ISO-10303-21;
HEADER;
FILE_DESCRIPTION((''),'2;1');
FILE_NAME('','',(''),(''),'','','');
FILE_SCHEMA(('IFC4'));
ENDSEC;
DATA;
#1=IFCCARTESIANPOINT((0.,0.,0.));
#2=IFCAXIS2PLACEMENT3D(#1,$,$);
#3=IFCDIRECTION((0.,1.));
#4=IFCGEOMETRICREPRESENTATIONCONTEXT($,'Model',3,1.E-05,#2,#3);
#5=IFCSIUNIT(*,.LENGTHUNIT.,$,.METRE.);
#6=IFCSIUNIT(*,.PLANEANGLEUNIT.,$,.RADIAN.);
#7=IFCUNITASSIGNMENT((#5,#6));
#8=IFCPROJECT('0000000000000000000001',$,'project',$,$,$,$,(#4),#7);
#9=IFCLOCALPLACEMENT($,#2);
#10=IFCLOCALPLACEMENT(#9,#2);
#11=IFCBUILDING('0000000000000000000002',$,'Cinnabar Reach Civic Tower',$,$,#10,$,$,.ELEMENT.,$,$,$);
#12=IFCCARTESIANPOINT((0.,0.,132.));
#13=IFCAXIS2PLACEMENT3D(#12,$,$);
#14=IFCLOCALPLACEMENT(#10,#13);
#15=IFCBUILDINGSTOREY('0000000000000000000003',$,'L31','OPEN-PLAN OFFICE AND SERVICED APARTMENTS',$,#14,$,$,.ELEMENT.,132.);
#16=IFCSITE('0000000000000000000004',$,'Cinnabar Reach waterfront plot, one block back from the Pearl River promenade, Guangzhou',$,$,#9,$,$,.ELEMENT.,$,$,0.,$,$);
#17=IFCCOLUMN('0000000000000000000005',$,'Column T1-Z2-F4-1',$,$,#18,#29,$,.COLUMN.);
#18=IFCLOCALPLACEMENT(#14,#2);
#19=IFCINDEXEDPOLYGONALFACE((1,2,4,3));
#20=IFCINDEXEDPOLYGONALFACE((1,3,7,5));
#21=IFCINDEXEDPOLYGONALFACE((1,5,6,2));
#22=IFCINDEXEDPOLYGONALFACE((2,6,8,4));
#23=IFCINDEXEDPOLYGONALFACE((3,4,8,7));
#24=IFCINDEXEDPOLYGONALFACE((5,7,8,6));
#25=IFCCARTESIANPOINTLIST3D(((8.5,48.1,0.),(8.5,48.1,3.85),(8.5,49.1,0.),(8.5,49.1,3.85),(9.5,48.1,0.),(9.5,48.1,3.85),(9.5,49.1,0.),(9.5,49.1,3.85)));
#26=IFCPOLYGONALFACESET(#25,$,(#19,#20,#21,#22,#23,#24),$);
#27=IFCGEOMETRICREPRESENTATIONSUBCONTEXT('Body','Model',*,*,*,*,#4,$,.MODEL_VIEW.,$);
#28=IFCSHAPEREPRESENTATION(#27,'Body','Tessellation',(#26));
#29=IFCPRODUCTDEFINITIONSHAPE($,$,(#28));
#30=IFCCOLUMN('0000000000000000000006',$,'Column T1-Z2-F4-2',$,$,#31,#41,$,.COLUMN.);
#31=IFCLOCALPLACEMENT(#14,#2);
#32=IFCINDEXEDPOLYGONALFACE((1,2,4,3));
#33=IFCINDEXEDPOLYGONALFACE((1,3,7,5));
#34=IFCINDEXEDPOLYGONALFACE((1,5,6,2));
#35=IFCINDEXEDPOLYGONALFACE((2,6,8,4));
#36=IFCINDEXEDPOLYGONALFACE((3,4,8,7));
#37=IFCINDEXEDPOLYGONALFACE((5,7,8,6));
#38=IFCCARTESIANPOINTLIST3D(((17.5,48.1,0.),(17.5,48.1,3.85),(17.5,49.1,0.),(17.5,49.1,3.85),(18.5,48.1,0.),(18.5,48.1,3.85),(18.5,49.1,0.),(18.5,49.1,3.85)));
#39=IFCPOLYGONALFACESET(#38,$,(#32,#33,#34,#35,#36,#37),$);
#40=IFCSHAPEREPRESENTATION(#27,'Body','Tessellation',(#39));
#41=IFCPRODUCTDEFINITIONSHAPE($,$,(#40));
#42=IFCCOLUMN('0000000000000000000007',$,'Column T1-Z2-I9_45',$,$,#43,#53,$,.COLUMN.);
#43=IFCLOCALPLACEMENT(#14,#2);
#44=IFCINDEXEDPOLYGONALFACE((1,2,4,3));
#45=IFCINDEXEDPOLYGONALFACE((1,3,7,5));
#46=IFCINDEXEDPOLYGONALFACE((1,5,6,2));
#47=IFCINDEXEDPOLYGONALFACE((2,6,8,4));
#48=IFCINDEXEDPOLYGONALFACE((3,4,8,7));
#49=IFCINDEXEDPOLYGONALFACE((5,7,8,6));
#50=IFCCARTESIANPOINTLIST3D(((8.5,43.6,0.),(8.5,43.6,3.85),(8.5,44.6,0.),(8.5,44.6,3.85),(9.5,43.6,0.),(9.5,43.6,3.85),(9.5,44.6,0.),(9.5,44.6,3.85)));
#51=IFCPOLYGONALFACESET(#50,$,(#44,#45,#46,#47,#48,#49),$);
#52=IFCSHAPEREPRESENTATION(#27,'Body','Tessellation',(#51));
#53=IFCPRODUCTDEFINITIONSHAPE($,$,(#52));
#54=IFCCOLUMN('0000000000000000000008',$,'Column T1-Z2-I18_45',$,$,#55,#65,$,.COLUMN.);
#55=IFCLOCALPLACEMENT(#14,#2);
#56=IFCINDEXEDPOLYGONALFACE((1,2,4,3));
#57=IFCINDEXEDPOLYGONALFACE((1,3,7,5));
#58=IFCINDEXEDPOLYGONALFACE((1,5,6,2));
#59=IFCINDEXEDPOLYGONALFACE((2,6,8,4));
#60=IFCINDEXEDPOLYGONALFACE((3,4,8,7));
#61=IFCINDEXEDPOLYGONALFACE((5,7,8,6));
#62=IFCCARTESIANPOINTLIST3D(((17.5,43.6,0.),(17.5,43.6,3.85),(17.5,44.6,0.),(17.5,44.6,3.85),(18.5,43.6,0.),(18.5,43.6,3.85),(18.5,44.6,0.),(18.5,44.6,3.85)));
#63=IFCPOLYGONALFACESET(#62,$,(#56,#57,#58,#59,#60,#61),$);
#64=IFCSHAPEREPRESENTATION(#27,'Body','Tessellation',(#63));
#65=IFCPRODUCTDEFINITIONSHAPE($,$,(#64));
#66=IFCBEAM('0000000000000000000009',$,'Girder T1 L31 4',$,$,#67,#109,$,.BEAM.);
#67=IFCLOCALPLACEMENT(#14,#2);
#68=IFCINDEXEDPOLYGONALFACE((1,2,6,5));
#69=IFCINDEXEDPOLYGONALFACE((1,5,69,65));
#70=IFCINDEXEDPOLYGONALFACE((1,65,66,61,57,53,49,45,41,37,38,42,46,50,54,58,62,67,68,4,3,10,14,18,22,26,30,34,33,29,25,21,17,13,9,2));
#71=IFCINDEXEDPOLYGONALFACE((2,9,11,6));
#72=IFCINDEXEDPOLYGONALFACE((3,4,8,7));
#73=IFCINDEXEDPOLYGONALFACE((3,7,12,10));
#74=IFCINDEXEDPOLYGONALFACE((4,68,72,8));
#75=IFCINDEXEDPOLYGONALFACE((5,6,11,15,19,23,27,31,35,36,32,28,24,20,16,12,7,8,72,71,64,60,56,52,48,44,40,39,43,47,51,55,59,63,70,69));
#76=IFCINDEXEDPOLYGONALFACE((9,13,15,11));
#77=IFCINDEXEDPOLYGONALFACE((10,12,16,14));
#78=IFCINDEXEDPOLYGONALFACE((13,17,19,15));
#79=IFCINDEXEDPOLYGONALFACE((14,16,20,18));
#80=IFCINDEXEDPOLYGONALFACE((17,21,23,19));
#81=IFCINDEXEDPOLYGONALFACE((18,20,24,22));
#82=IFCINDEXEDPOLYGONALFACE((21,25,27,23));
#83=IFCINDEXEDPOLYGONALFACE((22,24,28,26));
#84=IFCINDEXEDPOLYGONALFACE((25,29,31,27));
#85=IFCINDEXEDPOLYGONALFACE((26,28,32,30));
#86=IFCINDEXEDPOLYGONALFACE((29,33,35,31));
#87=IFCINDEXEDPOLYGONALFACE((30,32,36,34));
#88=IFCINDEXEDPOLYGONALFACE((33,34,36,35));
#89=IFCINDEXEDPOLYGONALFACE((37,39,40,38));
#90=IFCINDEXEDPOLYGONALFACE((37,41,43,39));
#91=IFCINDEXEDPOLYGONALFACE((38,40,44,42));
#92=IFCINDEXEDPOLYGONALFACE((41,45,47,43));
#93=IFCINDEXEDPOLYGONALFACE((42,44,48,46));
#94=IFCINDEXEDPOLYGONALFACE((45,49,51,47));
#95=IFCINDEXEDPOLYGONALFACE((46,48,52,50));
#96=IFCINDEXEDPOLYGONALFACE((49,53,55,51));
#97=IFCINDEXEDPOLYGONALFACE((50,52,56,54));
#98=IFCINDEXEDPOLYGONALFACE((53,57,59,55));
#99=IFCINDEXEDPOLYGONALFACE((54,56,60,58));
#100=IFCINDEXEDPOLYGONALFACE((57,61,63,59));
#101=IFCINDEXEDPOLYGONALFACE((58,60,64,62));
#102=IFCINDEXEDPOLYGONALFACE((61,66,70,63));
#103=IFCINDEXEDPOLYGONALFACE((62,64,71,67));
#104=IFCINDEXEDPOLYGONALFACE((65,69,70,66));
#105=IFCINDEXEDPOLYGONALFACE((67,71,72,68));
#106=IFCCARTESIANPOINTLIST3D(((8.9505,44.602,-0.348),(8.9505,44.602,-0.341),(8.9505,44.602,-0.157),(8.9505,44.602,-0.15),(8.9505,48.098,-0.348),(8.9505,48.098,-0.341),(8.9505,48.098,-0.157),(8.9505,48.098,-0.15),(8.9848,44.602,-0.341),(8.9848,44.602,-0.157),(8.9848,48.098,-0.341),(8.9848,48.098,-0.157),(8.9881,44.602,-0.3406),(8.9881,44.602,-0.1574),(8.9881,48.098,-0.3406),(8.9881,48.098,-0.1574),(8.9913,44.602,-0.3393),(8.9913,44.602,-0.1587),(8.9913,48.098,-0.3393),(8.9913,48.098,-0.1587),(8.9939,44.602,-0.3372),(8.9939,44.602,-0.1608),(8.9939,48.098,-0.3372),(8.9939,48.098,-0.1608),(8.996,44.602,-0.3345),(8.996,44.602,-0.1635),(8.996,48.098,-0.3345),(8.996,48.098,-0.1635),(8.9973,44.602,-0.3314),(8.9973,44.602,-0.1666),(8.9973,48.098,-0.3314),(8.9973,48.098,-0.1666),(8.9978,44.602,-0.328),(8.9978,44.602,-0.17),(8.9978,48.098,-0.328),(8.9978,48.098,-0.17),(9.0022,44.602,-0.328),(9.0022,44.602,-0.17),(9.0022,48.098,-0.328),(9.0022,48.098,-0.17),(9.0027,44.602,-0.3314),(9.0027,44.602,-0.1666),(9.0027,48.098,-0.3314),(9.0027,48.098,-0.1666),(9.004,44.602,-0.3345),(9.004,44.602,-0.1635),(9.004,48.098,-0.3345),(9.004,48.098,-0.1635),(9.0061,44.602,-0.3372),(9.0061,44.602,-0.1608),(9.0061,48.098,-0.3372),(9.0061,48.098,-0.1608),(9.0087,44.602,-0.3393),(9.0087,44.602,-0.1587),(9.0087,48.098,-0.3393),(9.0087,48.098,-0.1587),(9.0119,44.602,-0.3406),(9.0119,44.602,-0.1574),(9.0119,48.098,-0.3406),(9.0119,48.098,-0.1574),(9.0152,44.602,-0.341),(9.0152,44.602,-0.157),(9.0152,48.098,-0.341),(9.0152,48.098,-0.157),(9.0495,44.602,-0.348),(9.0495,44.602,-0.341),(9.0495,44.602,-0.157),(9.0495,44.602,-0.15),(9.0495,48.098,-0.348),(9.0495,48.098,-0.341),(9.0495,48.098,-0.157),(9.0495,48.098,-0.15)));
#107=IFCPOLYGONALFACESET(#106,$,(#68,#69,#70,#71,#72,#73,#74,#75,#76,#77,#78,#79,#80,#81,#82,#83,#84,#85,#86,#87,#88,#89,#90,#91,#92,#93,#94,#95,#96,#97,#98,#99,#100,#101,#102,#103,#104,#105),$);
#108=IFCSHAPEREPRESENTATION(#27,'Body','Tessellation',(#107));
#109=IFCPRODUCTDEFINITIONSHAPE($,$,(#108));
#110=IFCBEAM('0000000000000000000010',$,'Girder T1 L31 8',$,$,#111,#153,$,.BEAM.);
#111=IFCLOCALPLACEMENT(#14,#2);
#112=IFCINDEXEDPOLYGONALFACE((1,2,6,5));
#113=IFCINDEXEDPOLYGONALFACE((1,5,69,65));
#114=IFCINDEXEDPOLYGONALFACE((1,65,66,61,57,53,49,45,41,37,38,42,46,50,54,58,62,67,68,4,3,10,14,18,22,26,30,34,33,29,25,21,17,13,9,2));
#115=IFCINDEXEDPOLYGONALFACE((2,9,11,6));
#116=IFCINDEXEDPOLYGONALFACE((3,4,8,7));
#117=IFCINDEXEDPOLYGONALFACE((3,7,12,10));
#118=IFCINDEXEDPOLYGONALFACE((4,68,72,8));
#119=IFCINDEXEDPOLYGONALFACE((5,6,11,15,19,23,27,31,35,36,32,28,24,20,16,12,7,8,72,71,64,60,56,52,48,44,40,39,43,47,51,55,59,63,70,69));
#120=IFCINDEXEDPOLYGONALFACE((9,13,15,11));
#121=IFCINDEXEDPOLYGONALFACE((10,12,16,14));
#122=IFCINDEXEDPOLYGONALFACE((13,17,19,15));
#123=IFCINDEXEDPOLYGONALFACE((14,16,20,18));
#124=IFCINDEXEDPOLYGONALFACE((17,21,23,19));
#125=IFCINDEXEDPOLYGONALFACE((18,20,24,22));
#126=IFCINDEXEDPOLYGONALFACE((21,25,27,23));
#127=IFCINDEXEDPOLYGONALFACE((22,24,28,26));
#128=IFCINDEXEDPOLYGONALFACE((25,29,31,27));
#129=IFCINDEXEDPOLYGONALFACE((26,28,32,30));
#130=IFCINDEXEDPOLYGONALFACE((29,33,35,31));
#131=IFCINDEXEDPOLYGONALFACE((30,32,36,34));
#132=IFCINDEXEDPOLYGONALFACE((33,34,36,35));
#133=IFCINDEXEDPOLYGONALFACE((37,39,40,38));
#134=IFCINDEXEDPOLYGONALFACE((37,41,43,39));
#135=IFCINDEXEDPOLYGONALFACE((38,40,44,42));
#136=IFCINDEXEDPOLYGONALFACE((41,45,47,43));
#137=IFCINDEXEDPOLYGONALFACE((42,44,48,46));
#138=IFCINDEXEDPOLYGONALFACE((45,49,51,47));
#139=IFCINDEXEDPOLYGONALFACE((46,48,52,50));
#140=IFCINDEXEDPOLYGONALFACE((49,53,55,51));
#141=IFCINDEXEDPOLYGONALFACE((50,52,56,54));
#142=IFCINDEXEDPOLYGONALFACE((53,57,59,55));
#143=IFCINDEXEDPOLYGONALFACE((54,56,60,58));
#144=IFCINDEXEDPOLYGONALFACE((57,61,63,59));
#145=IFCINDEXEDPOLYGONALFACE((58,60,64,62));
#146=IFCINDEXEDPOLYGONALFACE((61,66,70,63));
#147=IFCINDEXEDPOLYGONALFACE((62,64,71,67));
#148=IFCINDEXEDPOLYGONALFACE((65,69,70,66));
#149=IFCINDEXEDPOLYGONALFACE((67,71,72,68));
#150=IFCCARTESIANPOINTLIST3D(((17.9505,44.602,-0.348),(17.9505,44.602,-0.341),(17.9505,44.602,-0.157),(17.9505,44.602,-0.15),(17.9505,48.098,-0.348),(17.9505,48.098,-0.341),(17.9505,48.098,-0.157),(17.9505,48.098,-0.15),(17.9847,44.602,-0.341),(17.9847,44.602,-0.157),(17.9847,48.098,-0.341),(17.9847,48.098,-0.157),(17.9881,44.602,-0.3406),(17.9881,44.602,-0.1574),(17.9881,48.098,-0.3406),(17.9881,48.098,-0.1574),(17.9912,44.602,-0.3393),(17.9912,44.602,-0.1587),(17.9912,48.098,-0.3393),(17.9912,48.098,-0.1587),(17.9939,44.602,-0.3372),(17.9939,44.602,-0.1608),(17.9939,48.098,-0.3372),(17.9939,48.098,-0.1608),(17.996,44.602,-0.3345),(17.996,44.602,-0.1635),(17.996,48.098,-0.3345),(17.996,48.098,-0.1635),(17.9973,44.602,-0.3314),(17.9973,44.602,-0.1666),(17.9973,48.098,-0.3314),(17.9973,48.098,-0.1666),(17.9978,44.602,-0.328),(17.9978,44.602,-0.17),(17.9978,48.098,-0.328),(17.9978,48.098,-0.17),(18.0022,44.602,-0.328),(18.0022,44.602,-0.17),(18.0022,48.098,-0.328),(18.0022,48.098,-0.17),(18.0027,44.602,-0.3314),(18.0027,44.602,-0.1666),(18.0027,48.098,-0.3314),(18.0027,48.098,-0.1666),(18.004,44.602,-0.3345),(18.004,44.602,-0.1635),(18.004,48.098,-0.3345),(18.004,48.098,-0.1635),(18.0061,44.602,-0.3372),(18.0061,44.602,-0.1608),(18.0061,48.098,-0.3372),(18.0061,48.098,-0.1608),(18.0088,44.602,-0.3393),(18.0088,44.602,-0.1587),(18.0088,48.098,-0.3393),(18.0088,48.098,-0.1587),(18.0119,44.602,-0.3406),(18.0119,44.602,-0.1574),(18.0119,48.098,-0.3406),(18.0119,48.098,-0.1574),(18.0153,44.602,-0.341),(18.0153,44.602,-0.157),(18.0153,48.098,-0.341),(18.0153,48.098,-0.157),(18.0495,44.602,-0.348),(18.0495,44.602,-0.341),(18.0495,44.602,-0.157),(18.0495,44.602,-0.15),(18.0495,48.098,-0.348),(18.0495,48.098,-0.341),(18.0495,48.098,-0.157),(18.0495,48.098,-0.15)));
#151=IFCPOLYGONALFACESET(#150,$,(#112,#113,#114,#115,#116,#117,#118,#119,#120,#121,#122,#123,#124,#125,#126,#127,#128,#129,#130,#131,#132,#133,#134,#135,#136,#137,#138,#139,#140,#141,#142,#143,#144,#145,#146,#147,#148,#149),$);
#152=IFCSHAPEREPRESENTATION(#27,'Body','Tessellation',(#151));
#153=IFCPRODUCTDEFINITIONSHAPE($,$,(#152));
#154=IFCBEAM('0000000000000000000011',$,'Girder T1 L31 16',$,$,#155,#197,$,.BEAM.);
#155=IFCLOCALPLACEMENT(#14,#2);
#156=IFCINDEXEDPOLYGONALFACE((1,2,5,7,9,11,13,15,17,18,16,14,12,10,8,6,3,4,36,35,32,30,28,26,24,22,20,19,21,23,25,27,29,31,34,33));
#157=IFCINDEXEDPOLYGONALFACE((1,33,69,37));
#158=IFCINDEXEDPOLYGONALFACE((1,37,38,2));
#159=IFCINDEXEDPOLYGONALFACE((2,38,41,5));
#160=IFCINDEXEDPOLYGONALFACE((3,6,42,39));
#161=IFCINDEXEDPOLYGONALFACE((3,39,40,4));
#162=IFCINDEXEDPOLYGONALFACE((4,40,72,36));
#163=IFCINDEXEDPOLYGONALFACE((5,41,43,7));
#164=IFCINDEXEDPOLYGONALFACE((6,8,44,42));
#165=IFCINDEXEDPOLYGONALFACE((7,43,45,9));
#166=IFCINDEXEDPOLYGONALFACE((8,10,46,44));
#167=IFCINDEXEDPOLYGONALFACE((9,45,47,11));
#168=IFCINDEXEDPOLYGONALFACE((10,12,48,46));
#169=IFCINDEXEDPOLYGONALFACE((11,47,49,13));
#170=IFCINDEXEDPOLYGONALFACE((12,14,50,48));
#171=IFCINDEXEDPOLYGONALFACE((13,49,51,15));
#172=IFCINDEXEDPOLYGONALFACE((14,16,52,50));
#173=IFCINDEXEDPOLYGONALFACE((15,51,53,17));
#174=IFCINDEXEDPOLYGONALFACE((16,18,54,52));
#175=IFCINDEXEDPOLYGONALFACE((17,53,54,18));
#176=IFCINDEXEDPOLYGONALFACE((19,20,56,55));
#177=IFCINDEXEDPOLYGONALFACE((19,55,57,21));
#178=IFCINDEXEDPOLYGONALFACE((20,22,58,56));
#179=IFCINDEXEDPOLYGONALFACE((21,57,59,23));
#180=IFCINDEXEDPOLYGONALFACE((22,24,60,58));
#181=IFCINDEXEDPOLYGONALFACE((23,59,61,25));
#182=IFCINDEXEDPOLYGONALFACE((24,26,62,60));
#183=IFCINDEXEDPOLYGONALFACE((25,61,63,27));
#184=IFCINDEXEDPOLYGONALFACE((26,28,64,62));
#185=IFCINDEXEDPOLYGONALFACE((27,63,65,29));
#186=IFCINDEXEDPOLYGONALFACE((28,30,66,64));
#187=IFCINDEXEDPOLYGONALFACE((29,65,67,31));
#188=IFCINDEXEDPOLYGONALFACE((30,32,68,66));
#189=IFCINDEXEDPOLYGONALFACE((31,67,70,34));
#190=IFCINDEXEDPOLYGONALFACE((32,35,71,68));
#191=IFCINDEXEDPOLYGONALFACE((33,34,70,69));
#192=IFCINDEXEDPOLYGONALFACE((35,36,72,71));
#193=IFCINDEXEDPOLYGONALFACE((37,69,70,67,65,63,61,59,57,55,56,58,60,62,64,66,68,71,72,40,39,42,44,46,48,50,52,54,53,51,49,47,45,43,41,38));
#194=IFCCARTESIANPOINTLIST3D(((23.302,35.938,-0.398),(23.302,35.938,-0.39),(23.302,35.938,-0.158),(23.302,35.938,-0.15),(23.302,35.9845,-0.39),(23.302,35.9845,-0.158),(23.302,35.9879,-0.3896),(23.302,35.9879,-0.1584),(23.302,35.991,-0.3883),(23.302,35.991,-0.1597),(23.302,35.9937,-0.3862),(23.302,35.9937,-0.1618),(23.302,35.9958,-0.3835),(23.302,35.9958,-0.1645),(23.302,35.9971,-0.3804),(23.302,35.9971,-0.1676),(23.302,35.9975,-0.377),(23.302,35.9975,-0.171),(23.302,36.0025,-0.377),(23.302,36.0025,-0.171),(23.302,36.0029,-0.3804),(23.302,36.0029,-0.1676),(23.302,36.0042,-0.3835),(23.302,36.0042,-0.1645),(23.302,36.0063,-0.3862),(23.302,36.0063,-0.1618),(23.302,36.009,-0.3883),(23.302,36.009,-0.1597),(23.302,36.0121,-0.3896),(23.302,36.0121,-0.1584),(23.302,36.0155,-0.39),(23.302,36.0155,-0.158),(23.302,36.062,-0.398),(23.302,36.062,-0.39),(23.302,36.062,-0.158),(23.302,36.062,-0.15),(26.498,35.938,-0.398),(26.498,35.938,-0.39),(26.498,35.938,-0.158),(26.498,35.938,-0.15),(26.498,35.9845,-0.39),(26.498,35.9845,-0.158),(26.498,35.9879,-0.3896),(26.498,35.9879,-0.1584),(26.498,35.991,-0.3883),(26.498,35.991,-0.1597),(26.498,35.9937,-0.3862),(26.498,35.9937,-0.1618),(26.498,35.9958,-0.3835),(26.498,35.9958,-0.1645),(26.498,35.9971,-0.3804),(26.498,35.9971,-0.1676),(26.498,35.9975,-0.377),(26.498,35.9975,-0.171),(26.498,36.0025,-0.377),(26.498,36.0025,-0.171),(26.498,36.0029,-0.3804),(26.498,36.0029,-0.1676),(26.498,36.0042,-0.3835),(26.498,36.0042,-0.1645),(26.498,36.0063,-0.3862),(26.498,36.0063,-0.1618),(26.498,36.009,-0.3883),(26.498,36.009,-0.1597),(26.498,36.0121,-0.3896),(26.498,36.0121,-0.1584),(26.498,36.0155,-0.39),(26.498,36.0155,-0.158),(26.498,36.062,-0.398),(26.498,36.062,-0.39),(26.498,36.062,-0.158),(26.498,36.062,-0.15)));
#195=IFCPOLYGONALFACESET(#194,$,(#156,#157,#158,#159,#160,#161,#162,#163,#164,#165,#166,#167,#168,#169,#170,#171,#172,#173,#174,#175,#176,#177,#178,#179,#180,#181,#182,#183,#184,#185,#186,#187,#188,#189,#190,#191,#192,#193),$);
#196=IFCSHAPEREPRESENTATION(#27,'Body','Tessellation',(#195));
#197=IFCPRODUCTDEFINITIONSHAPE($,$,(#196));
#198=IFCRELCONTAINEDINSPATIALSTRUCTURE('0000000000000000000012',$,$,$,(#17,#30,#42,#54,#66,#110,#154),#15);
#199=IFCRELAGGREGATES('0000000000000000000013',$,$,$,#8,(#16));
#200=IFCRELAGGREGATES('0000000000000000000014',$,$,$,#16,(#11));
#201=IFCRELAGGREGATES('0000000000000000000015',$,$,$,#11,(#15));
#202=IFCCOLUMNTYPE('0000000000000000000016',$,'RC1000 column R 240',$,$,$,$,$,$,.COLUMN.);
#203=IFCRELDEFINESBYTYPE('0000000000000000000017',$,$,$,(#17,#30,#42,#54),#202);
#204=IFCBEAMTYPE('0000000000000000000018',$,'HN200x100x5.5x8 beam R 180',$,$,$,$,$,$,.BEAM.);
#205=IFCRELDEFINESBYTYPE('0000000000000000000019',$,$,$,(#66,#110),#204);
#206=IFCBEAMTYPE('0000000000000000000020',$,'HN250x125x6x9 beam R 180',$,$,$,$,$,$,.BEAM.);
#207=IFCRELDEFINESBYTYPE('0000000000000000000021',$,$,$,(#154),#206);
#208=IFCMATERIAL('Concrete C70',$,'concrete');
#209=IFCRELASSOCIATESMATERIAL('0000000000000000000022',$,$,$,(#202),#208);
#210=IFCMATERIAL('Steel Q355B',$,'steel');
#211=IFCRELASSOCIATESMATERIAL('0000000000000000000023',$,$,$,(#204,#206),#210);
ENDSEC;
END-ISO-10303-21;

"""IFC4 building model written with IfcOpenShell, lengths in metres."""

from ifc_helpers import new_model, si_unit, direction, frame, origin, origin_2d, place, context, subcontext, project, spatial, rectangle, i_section, extrude, material, material_profile, profile_set, type_object, element, save


model = new_model("IFC4")

# Units and contexts
model_context = context("Model", 3, precision=1e-05, world=origin(), true_north=direction((0.0, 1.0)))
body_context = subcontext(model_context, "Body", "Model", "MODEL_VIEW")
ifc_project = project(units=[si_unit("LENGTHUNIT", "METRE"), si_unit("PLANEANGLEUNIT", "RADIAN")], contexts=[model_context])

# Site, building, storey
site_placement = place(None, origin())
site = spatial("IfcSite", under=ifc_project, at=site_placement, Name="Cinnabar Reach waterfront plot, one block back from the Pearl River promenade, Guangzhou", CompositionType="ELEMENT", RefElevation=0.0)
building_placement = place(site_placement, origin())
building = spatial("IfcBuilding", under=site, at=building_placement, Name="Cinnabar Reach Civic Tower", CompositionType="ELEMENT")
storey_placement = place(building_placement, frame((0.0, 0.0, 132.0)))
storey = spatial("IfcBuildingStorey", under=building, at=storey_placement, Name="L31", Description="OPEN-PLAN OFFICE AND SERVICED APARTMENTS", CompositionType="ELEMENT", Elevation=132.0)

# Columns
ifc_material_1 = material(Name="Concrete C70", Category="concrete")
ifc_material_profile_1 = material_profile(ifc_material_1, rectangle(XDim=1.0, YDim=1.0, at=origin_2d()), Name="RC1000")
ifc_profile_set_1 = profile_set([ifc_material_profile_1], Name="Concrete C70")
column_type = type_object("IfcColumnType", Name="RC1000 column R 240", PredefinedType="COLUMN", material=ifc_profile_set_1)
for number, where, z_axis, x_axis, name in (
    (1, (9.0, 48.6, 0.0), (0.0, 0.0, 1.0), (1.0, 0.0, 0.0), "Column T1-Z2-F4-1"),
    (2, (18.0, 48.6, 0.0), (0.0, 0.0, 1.0), (1.0, 0.0, 0.0), "Column T1-Z2-F4-2"),
    (3, (9.0, 44.1, 0.0), (0.0, 0.0, 1.0), (1.0, 0.0, 0.0), "Column T1-Z2-I9_45"),
    (4, (18.0, 44.1, 0.0), (0.0, 0.0, 1.0), (1.0, 0.0, 0.0), "Column T1-Z2-I18_45"),
):
    element("IfcColumn", number, at=place(storey_placement, frame(where, z_axis=z_axis, x_axis=x_axis)), inside=storey, type_object=column_type, Name=name, PredefinedType="COLUMN", context=body_context, shape_type="SweptSolid", body=[
        extrude(rectangle(XDim=1.0, YDim=1.0, at=origin_2d()), origin(), (0.0, 0.0, 1.0), 3.85),
    ])

# Beams
ifc_material_2 = material(Name="Steel Q355B", Category="steel")
ifc_material_profile_2 = material_profile(ifc_material_2, i_section(OverallWidth=0.099, OverallDepth=0.198, WebThickness=0.0045, FlangeThickness=0.007, FilletRadius=0.013, at=origin_2d()), Name="HN200x100x5.5x8")
ifc_profile_set_2 = profile_set([ifc_material_profile_2], Name="Steel Q355B")
beam_type_1 = type_object("IfcBeamType", Name="HN200x100x5.5x8 beam R 180", PredefinedType="BEAM", material=ifc_profile_set_2)
for number, where, z_axis, x_axis, name in (
    (5, (9.0, 44.602, -0.249), (0.0, 1.0, 0.0), (-1.0, 0.0, 0.0), "Girder T1 L31 4"),
    (6, (18.0, 44.602, -0.249), (0.0, 1.0, 0.0), (-1.0, 0.0, 0.0), "Girder T1 L31 8"),
):
    element("IfcBeam", number, at=place(storey_placement, frame(where, z_axis=z_axis, x_axis=x_axis)), inside=storey, type_object=beam_type_1, Name=name, PredefinedType="BEAM", context=body_context, shape_type="SweptSolid", body=[
        extrude(i_section(OverallWidth=0.099, OverallDepth=0.198, WebThickness=0.0045, FlangeThickness=0.007, FilletRadius=0.013, at=origin_2d()), origin(), (0.0, 0.0, 1.0), 3.496),
    ])
ifc_material_profile_3 = material_profile(ifc_material_2, i_section(OverallWidth=0.124, OverallDepth=0.248, WebThickness=0.005, FlangeThickness=0.008, FilletRadius=0.013, at=origin_2d()), Name="HN250x125x6x9")
ifc_profile_set_3 = profile_set([ifc_material_profile_3], Name="Steel Q355B")
beam_type_2 = type_object("IfcBeamType", Name="HN250x125x6x9 beam R 180", PredefinedType="BEAM", material=ifc_profile_set_3)
beam_1_placement = place(storey_placement, frame((23.302, 36.0, -0.274), z_axis=(1.0, 0.0, 0.0), x_axis=(0.0, 1.0, 0.0)))
element("IfcBeam", 7, at=beam_1_placement, inside=storey, type_object=beam_type_2, Name="Girder T1 L31 16", PredefinedType="BEAM", context=body_context, shape_type="SweptSolid", body=[
    extrude(i_section(OverallWidth=0.124, OverallDepth=0.248, WebThickness=0.005, FlangeThickness=0.008, FilletRadius=0.013, at=origin_2d()), origin(), (0.0, 0.0, 1.0), 3.196),
])

save(model, "model.ifc")
